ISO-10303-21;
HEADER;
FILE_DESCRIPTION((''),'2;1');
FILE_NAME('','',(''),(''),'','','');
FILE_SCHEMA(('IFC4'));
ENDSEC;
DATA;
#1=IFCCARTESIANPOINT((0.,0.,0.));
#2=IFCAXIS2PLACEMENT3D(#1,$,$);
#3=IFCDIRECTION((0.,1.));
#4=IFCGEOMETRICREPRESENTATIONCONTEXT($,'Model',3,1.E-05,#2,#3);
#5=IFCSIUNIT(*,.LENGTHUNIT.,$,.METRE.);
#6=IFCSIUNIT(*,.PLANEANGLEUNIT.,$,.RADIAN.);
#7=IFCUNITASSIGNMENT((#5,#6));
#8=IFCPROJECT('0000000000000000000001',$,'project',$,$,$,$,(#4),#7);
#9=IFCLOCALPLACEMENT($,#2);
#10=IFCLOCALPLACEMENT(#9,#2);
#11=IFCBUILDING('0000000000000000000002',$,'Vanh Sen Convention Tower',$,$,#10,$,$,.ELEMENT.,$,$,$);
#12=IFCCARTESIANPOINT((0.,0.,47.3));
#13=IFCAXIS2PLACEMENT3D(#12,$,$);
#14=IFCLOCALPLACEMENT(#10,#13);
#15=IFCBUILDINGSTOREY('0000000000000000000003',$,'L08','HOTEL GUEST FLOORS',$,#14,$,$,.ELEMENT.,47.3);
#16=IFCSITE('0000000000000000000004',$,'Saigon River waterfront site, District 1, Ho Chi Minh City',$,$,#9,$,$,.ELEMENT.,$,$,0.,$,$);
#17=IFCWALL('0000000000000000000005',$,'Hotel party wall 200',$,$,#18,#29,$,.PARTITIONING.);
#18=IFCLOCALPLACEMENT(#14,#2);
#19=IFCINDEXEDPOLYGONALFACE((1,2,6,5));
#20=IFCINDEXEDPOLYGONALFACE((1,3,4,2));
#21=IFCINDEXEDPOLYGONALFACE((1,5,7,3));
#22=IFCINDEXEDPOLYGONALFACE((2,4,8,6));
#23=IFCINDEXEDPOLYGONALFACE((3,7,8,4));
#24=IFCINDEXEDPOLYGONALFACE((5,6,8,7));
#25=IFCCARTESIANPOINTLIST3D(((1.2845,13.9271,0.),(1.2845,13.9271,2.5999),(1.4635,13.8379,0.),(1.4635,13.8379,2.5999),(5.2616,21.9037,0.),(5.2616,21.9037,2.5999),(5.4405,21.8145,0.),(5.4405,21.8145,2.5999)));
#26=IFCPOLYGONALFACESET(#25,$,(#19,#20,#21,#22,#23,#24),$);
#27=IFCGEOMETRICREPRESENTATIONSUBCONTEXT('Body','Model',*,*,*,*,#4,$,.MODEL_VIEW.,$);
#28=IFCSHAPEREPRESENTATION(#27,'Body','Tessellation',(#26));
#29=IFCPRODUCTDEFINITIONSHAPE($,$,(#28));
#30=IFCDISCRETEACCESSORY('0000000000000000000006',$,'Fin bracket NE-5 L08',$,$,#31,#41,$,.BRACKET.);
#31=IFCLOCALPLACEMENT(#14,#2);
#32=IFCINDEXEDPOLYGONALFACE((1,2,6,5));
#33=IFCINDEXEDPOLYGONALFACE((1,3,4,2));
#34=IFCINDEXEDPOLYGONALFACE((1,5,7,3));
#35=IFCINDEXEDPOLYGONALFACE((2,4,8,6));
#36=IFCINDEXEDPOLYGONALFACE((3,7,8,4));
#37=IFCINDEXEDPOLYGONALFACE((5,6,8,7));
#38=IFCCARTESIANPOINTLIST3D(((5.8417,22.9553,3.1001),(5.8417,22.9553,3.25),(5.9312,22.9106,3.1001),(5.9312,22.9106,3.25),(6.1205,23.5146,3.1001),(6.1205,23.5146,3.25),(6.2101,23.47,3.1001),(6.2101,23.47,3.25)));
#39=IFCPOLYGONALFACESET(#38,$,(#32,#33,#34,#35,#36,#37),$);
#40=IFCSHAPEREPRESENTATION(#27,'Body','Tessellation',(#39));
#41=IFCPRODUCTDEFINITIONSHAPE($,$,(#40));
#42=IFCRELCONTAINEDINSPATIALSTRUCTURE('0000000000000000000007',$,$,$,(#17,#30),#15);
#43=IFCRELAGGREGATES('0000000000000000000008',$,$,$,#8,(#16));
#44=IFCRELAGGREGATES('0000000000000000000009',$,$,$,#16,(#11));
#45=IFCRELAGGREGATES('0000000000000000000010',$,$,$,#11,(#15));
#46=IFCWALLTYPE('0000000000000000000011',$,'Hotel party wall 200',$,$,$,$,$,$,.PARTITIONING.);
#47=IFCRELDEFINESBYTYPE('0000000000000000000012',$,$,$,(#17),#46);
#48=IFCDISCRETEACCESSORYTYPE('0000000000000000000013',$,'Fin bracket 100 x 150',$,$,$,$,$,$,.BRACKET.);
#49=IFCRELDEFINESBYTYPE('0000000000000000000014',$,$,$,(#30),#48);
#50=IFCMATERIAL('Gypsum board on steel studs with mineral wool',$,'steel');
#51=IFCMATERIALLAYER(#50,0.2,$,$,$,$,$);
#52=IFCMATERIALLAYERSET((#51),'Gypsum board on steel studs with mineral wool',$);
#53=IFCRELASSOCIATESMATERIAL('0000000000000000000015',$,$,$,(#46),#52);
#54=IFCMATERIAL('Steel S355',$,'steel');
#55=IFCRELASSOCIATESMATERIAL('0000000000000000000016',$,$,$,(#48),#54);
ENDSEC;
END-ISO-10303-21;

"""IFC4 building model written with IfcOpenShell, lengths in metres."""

from ifc_helpers import new_model, si_unit, direction, frame, frame_2d, origin, origin_2d, place, context, subcontext, project, spatial, rectangle, extrude, material, layer, layer_set, type_object, element, save


model = new_model("IFC4")

# Units and contexts
model_context = context("Model", 3, precision=1e-05, world=origin(), true_north=direction((0.0, 1.0)))
body_context = subcontext(model_context, "Body", "Model", "MODEL_VIEW")
ifc_project = project(units=[si_unit("LENGTHUNIT", "METRE"), si_unit("PLANEANGLEUNIT", "RADIAN")], contexts=[model_context])

# Site, building, storey
site_placement = place(None, origin())
site = spatial("IfcSite", under=ifc_project, at=site_placement, Name="Saigon River waterfront site, District 1, Ho Chi Minh City", CompositionType="ELEMENT", RefElevation=0.0)
building_placement = place(site_placement, origin())
building = spatial("IfcBuilding", under=site, at=building_placement, Name="Vanh Sen Convention Tower", CompositionType="ELEMENT")
storey_placement = place(building_placement, frame((0.0, 0.0, 47.3)))
storey = spatial("IfcBuildingStorey", under=building, at=storey_placement, Name="L08", Description="HOTEL GUEST FLOORS", CompositionType="ELEMENT", Elevation=47.3)

# Shared definitions
ifc_material_1 = material(Name="Gypsum board on steel studs with mineral wool", Category="steel")

# Wall
ifc_layer_1 = layer(ifc_material_1, 0.2)
ifc_layer_set_1 = layer_set([ifc_layer_1], Name="Gypsum board on steel studs with mineral wool")
wall_type_1 = type_object("IfcWallType", Name="Hotel party wall 200", PredefinedType="PARTITIONING", material=ifc_layer_set_1)
wall_1_placement = place(storey_placement, frame((5.3511, 21.8591, 0.0), z_axis=(0.0, 0.0, 1.0), x_axis=(-0.446205, -0.894931, 0.0)))
element("IfcWall", 1, at=wall_1_placement, inside=storey, type_object=wall_type_1, Name="Hotel party wall 200", PredefinedType="PARTITIONING", context=body_context, shape_type="SweptSolid", body=[
    extrude(rectangle(XDim=8.9131, YDim=0.2, at=frame_2d((4.4565, 0.0))), origin(), (0.0, 0.0, 1.0), 2.5999),
])

# Discrete accessory
ifc_material_2 = material(Name="Steel S355", Category="steel")
discrete_accessory_type = type_object("IfcDiscreteAccessoryType", Name="Fin bracket 100 x 150", PredefinedType="BRACKET", material=ifc_material_2)
discrete_accessory_placement = place(storey_placement, frame((6.0259, 23.2126, 3.1001), z_axis=(0.0, 0.0, 1.0), x_axis=(0.446198, 0.894934, 0.0)))
element("IfcDiscreteAccessory", 2, at=discrete_accessory_placement, inside=storey, type_object=discrete_accessory_type, Name="Fin bracket NE-5 L08", PredefinedType="BRACKET", context=body_context, shape_type="SweptSolid", body=[
    extrude(rectangle(XDim=0.625, YDim=0.1001, at=origin_2d()), origin(), (0.0, 0.0, 1.0), 0.1499),
])

save(model, "model.ifc")
